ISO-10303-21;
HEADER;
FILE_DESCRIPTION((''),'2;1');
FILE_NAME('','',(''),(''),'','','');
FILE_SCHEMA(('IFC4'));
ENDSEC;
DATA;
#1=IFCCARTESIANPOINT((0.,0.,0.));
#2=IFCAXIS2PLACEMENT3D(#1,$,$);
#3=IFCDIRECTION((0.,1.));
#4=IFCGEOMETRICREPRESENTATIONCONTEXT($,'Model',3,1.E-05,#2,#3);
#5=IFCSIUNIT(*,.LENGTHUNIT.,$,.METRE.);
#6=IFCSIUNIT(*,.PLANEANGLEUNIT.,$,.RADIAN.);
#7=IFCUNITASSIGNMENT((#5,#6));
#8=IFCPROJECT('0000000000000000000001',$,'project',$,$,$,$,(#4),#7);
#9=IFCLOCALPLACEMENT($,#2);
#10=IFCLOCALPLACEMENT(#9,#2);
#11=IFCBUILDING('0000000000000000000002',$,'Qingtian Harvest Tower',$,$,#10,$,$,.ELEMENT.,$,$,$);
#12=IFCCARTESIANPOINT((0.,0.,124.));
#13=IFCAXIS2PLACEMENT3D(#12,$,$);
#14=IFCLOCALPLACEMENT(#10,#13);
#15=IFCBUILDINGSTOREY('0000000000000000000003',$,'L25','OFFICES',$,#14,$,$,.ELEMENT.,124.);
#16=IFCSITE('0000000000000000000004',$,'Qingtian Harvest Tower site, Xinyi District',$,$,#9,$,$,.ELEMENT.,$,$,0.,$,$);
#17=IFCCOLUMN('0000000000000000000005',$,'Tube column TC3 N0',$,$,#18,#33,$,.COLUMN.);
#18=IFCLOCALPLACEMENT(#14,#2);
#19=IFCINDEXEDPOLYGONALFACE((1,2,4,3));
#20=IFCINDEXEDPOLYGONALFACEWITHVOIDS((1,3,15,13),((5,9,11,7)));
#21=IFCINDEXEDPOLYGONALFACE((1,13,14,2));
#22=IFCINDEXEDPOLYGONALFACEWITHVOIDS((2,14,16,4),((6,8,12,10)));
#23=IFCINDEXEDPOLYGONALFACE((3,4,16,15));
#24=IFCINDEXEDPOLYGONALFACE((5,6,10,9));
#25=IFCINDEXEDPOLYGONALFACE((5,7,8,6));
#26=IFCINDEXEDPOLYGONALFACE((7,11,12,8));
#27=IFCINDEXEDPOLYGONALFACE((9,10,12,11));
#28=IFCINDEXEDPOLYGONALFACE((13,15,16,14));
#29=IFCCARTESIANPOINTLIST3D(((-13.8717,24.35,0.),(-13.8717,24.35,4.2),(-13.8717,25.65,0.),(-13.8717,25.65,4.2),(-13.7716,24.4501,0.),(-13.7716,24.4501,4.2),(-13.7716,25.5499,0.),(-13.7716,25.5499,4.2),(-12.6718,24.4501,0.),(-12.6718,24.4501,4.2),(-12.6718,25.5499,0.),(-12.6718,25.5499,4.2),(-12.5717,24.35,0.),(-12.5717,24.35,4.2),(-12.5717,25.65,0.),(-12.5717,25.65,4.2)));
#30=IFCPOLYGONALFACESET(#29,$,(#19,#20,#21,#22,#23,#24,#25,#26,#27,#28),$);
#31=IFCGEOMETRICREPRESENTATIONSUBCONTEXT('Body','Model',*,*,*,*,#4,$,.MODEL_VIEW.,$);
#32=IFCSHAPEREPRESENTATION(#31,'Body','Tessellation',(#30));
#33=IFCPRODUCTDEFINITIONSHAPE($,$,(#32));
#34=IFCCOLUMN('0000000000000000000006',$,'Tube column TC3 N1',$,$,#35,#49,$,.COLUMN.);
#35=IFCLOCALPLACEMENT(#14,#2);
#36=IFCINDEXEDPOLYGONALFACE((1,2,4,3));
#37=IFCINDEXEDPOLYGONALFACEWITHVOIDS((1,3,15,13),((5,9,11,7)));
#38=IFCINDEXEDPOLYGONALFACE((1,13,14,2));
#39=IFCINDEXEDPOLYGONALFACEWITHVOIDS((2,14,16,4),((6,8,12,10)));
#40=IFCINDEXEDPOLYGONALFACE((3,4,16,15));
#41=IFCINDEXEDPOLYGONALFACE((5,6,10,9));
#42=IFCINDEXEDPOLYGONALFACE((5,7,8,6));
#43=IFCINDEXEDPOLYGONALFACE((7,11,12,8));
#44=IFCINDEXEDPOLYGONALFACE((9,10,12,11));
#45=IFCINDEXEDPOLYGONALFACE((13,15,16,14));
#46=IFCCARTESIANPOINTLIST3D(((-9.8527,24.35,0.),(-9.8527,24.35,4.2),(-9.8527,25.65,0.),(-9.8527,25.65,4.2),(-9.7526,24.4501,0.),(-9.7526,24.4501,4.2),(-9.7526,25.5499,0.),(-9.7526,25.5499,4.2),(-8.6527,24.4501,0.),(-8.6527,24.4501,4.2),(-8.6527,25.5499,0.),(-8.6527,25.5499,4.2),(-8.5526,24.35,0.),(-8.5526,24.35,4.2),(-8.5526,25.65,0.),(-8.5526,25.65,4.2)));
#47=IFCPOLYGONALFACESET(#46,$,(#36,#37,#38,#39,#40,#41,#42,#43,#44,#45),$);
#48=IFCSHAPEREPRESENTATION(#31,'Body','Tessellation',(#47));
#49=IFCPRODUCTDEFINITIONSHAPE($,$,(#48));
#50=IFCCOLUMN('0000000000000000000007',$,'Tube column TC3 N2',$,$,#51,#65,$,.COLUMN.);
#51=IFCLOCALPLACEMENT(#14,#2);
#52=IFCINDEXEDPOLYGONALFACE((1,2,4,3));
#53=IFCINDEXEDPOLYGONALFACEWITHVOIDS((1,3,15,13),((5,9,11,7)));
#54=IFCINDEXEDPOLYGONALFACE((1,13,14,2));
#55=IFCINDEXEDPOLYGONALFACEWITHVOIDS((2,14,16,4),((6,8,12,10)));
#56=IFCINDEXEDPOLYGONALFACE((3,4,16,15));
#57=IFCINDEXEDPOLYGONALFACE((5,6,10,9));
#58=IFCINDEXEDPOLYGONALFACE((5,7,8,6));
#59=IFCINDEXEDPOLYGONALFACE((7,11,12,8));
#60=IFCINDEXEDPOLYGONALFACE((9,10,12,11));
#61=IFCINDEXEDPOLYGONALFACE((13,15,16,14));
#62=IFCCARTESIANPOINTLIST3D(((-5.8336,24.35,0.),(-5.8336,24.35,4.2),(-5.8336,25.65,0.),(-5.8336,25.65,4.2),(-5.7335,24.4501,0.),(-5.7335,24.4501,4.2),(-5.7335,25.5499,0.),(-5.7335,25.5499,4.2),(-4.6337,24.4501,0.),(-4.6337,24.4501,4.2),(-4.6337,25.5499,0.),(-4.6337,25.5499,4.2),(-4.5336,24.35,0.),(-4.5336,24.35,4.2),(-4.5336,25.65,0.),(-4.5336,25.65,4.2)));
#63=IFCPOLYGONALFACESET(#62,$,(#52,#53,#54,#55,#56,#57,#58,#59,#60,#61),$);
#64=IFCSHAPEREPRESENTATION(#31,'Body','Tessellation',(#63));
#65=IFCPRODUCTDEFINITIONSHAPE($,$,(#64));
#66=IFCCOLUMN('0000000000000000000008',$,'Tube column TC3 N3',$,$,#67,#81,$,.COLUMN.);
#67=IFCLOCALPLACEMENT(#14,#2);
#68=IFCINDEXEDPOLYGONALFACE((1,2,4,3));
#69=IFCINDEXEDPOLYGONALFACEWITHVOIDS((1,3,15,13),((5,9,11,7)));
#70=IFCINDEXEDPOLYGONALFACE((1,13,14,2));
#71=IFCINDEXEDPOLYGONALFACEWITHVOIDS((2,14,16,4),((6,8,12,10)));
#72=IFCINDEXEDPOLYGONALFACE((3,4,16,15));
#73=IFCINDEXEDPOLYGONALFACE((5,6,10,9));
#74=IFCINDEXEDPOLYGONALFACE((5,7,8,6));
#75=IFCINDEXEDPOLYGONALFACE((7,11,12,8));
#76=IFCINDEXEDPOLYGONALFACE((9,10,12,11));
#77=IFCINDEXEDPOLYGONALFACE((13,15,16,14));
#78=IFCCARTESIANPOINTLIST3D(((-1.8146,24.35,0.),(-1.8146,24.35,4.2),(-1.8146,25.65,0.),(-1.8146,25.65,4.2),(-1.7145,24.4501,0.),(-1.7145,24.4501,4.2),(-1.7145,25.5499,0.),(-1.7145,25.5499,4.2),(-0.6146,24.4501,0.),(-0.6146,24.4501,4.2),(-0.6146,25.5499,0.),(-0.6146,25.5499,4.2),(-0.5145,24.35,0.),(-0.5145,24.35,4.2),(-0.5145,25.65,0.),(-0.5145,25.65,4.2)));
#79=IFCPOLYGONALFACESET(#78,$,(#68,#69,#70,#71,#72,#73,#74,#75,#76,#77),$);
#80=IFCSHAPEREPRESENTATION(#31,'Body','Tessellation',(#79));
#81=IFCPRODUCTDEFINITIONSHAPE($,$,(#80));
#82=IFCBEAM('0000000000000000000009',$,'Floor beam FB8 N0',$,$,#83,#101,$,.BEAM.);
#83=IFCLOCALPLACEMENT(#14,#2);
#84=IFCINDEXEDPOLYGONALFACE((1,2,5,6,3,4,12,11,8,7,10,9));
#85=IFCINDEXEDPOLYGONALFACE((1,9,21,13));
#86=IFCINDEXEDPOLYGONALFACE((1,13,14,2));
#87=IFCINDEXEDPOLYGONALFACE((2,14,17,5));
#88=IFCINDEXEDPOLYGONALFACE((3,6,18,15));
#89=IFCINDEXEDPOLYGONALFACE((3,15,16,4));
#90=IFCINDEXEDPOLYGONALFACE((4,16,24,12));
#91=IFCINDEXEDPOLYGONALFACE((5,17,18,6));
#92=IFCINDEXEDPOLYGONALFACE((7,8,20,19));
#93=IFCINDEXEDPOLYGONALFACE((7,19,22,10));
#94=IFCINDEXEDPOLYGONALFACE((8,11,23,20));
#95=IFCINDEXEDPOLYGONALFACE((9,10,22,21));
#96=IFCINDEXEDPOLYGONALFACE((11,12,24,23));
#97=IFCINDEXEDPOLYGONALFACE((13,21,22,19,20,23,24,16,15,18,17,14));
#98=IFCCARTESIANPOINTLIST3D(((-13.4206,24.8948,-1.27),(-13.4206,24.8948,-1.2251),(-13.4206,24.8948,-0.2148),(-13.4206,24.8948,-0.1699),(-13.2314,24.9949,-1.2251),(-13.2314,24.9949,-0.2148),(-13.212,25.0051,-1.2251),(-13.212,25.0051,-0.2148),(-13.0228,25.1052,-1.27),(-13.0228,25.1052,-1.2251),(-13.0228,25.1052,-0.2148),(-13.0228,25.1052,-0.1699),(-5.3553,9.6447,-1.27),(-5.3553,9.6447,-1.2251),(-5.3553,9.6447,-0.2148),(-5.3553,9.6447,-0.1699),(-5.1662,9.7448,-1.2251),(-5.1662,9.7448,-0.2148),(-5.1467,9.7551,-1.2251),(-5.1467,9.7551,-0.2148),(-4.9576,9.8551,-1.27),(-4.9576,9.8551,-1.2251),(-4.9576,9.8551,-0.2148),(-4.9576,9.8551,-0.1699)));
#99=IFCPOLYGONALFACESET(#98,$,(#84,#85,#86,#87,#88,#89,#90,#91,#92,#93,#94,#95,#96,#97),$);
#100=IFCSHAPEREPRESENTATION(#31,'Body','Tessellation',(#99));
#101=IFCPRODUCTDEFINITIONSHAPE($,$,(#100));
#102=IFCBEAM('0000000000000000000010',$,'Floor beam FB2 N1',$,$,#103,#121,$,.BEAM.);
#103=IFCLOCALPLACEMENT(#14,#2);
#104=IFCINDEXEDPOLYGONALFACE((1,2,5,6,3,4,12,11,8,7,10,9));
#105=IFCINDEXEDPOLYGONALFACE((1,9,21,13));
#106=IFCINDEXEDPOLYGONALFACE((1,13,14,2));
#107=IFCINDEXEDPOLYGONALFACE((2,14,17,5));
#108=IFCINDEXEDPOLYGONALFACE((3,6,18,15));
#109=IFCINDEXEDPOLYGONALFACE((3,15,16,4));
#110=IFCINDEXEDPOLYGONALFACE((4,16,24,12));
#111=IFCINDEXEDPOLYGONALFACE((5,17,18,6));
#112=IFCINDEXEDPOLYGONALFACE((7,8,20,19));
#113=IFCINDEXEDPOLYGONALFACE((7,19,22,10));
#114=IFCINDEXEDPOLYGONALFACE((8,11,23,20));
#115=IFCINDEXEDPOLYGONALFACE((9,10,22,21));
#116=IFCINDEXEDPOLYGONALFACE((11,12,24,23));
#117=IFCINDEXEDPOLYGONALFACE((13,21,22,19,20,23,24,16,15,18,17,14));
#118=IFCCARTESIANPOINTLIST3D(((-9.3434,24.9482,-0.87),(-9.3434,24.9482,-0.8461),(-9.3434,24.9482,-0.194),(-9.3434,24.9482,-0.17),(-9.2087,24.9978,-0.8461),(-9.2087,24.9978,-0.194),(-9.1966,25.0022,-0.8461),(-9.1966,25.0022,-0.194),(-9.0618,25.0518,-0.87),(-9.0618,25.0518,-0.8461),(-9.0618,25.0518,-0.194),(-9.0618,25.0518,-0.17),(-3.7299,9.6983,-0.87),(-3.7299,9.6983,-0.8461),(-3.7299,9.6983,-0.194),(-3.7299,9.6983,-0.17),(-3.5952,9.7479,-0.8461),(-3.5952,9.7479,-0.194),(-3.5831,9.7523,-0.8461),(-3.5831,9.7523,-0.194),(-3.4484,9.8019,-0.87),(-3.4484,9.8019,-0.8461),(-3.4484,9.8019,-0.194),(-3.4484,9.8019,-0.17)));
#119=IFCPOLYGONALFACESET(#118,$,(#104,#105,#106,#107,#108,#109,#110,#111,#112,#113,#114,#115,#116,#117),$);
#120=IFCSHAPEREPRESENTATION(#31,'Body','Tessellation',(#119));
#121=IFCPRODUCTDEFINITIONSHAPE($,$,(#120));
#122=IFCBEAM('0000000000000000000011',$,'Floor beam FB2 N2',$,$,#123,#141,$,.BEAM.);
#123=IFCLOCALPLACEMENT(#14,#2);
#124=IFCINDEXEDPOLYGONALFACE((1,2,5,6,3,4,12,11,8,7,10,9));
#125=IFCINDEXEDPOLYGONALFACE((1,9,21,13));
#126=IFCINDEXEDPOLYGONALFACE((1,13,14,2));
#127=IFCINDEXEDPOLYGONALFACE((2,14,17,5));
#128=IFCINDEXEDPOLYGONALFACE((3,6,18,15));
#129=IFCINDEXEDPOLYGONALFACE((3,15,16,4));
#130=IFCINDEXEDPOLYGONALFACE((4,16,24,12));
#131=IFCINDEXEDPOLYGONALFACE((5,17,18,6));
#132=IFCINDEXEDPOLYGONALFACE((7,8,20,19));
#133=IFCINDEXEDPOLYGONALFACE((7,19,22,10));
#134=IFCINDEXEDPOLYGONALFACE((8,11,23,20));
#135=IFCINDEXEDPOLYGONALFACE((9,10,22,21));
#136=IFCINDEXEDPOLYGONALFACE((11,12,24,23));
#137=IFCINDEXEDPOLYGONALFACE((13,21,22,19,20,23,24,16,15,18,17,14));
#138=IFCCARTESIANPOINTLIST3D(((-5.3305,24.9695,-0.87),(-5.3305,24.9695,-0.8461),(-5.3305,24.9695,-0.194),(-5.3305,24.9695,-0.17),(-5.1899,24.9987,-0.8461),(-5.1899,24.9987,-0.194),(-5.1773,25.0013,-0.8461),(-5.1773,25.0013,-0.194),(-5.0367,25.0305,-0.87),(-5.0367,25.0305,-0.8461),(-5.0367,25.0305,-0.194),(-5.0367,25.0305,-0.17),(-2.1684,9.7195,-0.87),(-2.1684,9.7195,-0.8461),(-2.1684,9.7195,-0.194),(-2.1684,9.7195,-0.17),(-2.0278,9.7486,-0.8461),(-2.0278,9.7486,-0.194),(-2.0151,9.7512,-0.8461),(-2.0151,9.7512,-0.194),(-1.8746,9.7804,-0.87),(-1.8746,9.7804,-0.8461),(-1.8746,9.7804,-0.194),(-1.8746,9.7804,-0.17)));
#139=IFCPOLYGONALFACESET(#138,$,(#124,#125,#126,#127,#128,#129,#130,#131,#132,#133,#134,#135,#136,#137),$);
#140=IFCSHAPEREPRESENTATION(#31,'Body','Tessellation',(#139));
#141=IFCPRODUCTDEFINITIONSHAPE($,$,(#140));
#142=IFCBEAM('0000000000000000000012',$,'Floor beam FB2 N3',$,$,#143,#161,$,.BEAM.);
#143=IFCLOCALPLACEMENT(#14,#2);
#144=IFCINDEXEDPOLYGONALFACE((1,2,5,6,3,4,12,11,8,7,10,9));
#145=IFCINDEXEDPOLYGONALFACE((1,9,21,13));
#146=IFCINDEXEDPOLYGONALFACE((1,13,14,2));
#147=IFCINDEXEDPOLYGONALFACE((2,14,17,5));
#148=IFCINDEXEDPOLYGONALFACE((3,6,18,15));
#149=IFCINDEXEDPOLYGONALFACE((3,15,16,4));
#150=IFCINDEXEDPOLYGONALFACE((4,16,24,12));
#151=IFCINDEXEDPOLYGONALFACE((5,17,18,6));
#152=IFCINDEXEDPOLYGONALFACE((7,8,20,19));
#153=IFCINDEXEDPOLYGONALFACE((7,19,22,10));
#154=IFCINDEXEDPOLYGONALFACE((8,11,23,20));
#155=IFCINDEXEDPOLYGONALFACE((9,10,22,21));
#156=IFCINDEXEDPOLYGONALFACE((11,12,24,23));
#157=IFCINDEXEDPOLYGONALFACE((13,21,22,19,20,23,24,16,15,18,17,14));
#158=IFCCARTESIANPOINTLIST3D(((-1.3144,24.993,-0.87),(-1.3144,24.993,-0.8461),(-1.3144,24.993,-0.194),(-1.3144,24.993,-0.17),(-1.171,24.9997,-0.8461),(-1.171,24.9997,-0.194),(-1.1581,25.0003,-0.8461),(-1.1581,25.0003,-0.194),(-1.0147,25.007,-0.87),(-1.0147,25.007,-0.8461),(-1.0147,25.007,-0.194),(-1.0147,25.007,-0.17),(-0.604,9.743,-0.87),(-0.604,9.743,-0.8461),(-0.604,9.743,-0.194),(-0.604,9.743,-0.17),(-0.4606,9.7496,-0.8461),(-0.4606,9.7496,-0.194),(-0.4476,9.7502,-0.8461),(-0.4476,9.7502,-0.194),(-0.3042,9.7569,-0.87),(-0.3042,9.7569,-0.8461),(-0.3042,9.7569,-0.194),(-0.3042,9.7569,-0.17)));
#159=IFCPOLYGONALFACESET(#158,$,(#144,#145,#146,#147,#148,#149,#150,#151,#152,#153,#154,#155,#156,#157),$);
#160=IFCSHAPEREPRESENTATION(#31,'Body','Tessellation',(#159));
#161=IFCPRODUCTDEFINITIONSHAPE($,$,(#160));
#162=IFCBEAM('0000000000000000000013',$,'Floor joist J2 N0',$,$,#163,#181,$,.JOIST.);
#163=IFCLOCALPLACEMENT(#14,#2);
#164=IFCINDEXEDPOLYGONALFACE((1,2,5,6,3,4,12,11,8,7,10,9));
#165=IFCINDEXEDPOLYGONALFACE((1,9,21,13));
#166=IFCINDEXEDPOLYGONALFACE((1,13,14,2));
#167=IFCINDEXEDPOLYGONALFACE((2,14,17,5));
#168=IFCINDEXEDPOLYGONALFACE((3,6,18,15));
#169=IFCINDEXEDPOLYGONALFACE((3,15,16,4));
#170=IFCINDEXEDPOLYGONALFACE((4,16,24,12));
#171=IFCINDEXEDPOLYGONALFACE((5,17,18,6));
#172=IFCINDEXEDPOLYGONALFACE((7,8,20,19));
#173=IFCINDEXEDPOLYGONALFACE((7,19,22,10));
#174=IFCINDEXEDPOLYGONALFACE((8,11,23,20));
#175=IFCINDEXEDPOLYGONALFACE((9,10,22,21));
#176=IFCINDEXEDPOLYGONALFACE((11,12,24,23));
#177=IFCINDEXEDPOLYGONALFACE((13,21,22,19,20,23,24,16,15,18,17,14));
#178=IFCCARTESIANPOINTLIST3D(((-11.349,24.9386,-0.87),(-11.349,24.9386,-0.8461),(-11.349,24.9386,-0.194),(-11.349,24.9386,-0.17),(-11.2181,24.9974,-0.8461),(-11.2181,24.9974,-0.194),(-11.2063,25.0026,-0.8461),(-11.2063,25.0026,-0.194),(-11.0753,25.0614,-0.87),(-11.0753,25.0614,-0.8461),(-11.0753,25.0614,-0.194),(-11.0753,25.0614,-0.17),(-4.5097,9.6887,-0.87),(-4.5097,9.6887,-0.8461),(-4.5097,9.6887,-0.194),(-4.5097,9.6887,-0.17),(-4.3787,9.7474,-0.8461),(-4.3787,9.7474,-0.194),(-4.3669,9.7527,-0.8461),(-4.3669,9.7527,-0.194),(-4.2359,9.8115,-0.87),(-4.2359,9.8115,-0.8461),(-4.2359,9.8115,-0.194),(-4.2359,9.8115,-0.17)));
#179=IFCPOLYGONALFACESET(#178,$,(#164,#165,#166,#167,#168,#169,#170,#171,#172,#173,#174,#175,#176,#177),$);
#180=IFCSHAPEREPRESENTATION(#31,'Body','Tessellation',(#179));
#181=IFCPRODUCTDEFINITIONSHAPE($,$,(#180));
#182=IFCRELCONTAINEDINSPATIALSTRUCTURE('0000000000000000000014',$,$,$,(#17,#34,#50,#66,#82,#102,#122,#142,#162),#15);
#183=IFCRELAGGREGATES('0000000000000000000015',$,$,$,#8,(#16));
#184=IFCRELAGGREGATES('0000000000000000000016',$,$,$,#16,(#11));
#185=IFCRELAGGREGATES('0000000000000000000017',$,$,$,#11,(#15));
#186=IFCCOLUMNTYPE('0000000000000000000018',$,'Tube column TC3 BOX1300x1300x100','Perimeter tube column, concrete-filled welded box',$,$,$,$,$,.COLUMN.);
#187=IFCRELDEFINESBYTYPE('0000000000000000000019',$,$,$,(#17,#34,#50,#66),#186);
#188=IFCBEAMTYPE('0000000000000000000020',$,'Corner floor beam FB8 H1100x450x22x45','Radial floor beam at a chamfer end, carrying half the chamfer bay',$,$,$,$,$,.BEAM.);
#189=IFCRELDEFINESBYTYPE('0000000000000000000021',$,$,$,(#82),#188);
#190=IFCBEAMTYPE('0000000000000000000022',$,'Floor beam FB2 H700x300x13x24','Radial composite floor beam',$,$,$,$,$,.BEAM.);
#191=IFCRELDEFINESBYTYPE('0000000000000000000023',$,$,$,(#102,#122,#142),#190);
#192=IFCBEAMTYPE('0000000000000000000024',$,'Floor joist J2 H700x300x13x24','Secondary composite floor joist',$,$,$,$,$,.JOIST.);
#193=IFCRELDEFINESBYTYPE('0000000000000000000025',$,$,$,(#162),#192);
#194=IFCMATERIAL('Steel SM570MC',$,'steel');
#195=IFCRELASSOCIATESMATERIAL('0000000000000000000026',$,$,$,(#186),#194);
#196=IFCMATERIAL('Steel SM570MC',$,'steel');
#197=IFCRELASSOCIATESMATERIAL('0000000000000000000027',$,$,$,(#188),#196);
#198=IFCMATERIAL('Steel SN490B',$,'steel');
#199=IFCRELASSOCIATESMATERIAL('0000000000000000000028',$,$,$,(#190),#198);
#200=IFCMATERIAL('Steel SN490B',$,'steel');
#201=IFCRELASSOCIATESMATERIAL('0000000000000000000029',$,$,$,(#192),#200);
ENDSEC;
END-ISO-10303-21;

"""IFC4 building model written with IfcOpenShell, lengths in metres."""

from ifc_helpers import new_model, si_unit, direction, frame, origin, origin_2d, place, context, subcontext, project, spatial, hollow_rectangle, i_section, extrude, material, material_profile, profile_set, type_object, element, save


model = new_model("IFC4")

# Units and contexts
model_context = context("Model", 3, precision=1e-05, world=origin(), true_north=direction((0.0, 1.0)))
body_context = subcontext(model_context, "Body", "Model", "MODEL_VIEW")
ifc_project = project(units=[si_unit("LENGTHUNIT", "METRE"), si_unit("PLANEANGLEUNIT", "RADIAN")], contexts=[model_context])

# Site, building, storey
site_placement = place(None, origin())
site = spatial("IfcSite", under=ifc_project, at=site_placement, Name="Qingtian Harvest Tower site, Xinyi District", CompositionType="ELEMENT", RefElevation=0.0)
building_placement = place(site_placement, origin())
building = spatial("IfcBuilding", under=site, at=building_placement, Name="Qingtian Harvest Tower", CompositionType="ELEMENT")
storey_placement = place(building_placement, frame((0.0, 0.0, 124.0)))
storey = spatial("IfcBuildingStorey", under=building, at=storey_placement, Name="L25", Description="OFFICES", CompositionType="ELEMENT", Elevation=124.0)

# Columns
ifc_material_1 = material(Name="Steel SM570MC", Category="steel")
ifc_material_profile_1 = material_profile(ifc_material_1, hollow_rectangle(XDim=1.3, YDim=1.3, WallThickness=0.1001, at=origin_2d()), Name="BOX1300x1300x100")
ifc_profile_set_1 = profile_set([ifc_material_profile_1], Name="Steel SM570MC")
column_type = type_object("IfcColumnType", Name="Tube column TC3 BOX1300x1300x100", Description="Perimeter tube column, concrete-filled welded box", PredefinedType="COLUMN", material=ifc_profile_set_1)
for number, where, z_axis, x_axis, name in (
    (1, (-13.2217, 25.0, 0.0), (0.0, 0.0, 1.0), (-1.0, 0.0, 0.0), "Tube column TC3 N0"),
    (2, (-9.2026, 25.0, 0.0), (0.0, 0.0, 1.0), (-1.0, 0.0, 0.0), "Tube column TC3 N1"),
    (3, (-5.1836, 25.0, 0.0), (0.0, 0.0, 1.0), (-1.0, 0.0, 0.0), "Tube column TC3 N2"),
    (4, (-1.1646, 25.0, 0.0), (0.0, 0.0, 1.0), (-1.0, 0.0, 0.0), "Tube column TC3 N3"),
):
    element("IfcColumn", number, at=place(storey_placement, frame(where, z_axis=z_axis, x_axis=x_axis)), inside=storey, type_object=column_type, Name=name, PredefinedType="COLUMN", context=body_context, shape_type="SweptSolid", body=[
        extrude(hollow_rectangle(XDim=1.3, YDim=1.3, WallThickness=0.1001, at=origin_2d()), origin(), (0.0, 0.0, 1.0), 4.2),
    ])

# Beams
ifc_material_2 = material(Name="Steel SM570MC", Category="steel")
ifc_material_profile_2 = material_profile(ifc_material_2, i_section(OverallWidth=0.45, OverallDepth=1.1001, WebThickness=0.022, FlangeThickness=0.0449, at=origin_2d()), Name="H1100x450x22x45")
ifc_profile_set_2 = profile_set([ifc_material_profile_2], Name="Steel SM570MC")
beam_type_1 = type_object("IfcBeamType", Name="Corner floor beam FB8 H1100x450x22x45", Description="Radial floor beam at a chamfer end, carrying half the chamfer bay", PredefinedType="BEAM", material=ifc_profile_set_2)
beam_1_placement = place(storey_placement, frame((-13.2217, 25.0, -0.72), z_axis=(0.46751, -0.883988, 0.0), x_axis=(0.883988, 0.46751, 0.0)))
element("IfcBeam", 5, at=beam_1_placement, inside=storey, type_object=beam_type_1, Name="Floor beam FB8 N0", PredefinedType="BEAM", context=body_context, shape_type="SweptSolid", body=[
    extrude(i_section(OverallWidth=0.45, OverallDepth=1.1001, WebThickness=0.022, FlangeThickness=0.0449, at=origin_2d()), origin(), (0.0, 0.0, 1.0), 17.2515),
])
ifc_material_3 = material(Name="Steel SN490B", Category="steel")
ifc_material_profile_3 = material_profile(ifc_material_3, i_section(OverallWidth=0.3, OverallDepth=0.7, WebThickness=0.0129, FlangeThickness=0.0239, at=origin_2d()), Name="H700x300x13x24")
ifc_profile_set_3 = profile_set([ifc_material_profile_3], Name="Steel SN490B")
beam_type_2 = type_object("IfcBeamType", Name="Floor beam FB2 H700x300x13x24", Description="Radial composite floor beam", PredefinedType="BEAM", material=ifc_profile_set_3)
beam_2_placement = place(storey_placement, frame((-9.2026, 25.0, -0.52), z_axis=(0.34544, -0.938441, 0.0), x_axis=(0.938441, 0.34544, 0.0)))
element("IfcBeam", 6, at=beam_2_placement, inside=storey, type_object=beam_type_2, Name="Floor beam FB2 N1", PredefinedType="BEAM", context=body_context, shape_type="SweptSolid", body=[
    extrude(i_section(OverallWidth=0.3, OverallDepth=0.7, WebThickness=0.0129, FlangeThickness=0.0239, at=origin_2d()), origin(), (0.0, 0.0, 1.0), 16.2502),
])
beam_3_placement = place(storey_placement, frame((-5.1836, 25.0, -0.52), z_axis=(0.203033, -0.979172, 0.0), x_axis=(0.979172, 0.203033, 0.0)))
element("IfcBeam", 7, at=beam_3_placement, inside=storey, type_object=beam_type_2, Name="Floor beam FB2 N2", PredefinedType="BEAM", context=body_context, shape_type="SweptSolid", body=[
    extrude(i_section(OverallWidth=0.3, OverallDepth=0.7, WebThickness=0.0129, FlangeThickness=0.0239, at=origin_2d()), origin(), (0.0, 0.0, 1.0), 15.5745),
])
beam_4_placement = place(storey_placement, frame((-1.1646, 25.0, -0.52), z_axis=(0.046536, -0.998917, 0.0), x_axis=(0.998917, 0.046536, 0.0)))
element("IfcBeam", 8, at=beam_4_placement, inside=storey, type_object=beam_type_2, Name="Floor beam FB2 N3", PredefinedType="BEAM", context=body_context, shape_type="SweptSolid", body=[
    extrude(i_section(OverallWidth=0.3, OverallDepth=0.7, WebThickness=0.0129, FlangeThickness=0.0239, at=origin_2d()), origin(), (0.0, 0.0, 1.0), 15.2666),
])
ifc_material_4 = material(Name="Steel SN490B", Category="steel")
ifc_material_profile_4 = material_profile(ifc_material_4, i_section(OverallWidth=0.3, OverallDepth=0.7, WebThickness=0.0129, FlangeThickness=0.0239, at=origin_2d()), Name="H700x300x13x24")
ifc_profile_set_4 = profile_set([ifc_material_profile_4], Name="Steel SN490B")
beam_type_3 = type_object("IfcBeamType", Name="Floor joist J2 H700x300x13x24", Description="Secondary composite floor joist", PredefinedType="JOIST", material=ifc_profile_set_4)
beam_5_placement = place(storey_placement, frame((-11.2122, 25.0, -0.52), z_axis=(0.409213, -0.912439, 0.0), x_axis=(0.912439, 0.409213, 0.0)))
element("IfcBeam", 9, at=beam_5_placement, inside=storey, type_object=beam_type_3, Name="Floor joist J2 N0", PredefinedType="JOIST", context=body_context, shape_type="SweptSolid", body=[
    extrude(i_section(OverallWidth=0.3, OverallDepth=0.7, WebThickness=0.0129, FlangeThickness=0.0239, at=origin_2d()), origin(), (0.0, 0.0, 1.0), 16.7134),
])

save(model, "model.ifc")
